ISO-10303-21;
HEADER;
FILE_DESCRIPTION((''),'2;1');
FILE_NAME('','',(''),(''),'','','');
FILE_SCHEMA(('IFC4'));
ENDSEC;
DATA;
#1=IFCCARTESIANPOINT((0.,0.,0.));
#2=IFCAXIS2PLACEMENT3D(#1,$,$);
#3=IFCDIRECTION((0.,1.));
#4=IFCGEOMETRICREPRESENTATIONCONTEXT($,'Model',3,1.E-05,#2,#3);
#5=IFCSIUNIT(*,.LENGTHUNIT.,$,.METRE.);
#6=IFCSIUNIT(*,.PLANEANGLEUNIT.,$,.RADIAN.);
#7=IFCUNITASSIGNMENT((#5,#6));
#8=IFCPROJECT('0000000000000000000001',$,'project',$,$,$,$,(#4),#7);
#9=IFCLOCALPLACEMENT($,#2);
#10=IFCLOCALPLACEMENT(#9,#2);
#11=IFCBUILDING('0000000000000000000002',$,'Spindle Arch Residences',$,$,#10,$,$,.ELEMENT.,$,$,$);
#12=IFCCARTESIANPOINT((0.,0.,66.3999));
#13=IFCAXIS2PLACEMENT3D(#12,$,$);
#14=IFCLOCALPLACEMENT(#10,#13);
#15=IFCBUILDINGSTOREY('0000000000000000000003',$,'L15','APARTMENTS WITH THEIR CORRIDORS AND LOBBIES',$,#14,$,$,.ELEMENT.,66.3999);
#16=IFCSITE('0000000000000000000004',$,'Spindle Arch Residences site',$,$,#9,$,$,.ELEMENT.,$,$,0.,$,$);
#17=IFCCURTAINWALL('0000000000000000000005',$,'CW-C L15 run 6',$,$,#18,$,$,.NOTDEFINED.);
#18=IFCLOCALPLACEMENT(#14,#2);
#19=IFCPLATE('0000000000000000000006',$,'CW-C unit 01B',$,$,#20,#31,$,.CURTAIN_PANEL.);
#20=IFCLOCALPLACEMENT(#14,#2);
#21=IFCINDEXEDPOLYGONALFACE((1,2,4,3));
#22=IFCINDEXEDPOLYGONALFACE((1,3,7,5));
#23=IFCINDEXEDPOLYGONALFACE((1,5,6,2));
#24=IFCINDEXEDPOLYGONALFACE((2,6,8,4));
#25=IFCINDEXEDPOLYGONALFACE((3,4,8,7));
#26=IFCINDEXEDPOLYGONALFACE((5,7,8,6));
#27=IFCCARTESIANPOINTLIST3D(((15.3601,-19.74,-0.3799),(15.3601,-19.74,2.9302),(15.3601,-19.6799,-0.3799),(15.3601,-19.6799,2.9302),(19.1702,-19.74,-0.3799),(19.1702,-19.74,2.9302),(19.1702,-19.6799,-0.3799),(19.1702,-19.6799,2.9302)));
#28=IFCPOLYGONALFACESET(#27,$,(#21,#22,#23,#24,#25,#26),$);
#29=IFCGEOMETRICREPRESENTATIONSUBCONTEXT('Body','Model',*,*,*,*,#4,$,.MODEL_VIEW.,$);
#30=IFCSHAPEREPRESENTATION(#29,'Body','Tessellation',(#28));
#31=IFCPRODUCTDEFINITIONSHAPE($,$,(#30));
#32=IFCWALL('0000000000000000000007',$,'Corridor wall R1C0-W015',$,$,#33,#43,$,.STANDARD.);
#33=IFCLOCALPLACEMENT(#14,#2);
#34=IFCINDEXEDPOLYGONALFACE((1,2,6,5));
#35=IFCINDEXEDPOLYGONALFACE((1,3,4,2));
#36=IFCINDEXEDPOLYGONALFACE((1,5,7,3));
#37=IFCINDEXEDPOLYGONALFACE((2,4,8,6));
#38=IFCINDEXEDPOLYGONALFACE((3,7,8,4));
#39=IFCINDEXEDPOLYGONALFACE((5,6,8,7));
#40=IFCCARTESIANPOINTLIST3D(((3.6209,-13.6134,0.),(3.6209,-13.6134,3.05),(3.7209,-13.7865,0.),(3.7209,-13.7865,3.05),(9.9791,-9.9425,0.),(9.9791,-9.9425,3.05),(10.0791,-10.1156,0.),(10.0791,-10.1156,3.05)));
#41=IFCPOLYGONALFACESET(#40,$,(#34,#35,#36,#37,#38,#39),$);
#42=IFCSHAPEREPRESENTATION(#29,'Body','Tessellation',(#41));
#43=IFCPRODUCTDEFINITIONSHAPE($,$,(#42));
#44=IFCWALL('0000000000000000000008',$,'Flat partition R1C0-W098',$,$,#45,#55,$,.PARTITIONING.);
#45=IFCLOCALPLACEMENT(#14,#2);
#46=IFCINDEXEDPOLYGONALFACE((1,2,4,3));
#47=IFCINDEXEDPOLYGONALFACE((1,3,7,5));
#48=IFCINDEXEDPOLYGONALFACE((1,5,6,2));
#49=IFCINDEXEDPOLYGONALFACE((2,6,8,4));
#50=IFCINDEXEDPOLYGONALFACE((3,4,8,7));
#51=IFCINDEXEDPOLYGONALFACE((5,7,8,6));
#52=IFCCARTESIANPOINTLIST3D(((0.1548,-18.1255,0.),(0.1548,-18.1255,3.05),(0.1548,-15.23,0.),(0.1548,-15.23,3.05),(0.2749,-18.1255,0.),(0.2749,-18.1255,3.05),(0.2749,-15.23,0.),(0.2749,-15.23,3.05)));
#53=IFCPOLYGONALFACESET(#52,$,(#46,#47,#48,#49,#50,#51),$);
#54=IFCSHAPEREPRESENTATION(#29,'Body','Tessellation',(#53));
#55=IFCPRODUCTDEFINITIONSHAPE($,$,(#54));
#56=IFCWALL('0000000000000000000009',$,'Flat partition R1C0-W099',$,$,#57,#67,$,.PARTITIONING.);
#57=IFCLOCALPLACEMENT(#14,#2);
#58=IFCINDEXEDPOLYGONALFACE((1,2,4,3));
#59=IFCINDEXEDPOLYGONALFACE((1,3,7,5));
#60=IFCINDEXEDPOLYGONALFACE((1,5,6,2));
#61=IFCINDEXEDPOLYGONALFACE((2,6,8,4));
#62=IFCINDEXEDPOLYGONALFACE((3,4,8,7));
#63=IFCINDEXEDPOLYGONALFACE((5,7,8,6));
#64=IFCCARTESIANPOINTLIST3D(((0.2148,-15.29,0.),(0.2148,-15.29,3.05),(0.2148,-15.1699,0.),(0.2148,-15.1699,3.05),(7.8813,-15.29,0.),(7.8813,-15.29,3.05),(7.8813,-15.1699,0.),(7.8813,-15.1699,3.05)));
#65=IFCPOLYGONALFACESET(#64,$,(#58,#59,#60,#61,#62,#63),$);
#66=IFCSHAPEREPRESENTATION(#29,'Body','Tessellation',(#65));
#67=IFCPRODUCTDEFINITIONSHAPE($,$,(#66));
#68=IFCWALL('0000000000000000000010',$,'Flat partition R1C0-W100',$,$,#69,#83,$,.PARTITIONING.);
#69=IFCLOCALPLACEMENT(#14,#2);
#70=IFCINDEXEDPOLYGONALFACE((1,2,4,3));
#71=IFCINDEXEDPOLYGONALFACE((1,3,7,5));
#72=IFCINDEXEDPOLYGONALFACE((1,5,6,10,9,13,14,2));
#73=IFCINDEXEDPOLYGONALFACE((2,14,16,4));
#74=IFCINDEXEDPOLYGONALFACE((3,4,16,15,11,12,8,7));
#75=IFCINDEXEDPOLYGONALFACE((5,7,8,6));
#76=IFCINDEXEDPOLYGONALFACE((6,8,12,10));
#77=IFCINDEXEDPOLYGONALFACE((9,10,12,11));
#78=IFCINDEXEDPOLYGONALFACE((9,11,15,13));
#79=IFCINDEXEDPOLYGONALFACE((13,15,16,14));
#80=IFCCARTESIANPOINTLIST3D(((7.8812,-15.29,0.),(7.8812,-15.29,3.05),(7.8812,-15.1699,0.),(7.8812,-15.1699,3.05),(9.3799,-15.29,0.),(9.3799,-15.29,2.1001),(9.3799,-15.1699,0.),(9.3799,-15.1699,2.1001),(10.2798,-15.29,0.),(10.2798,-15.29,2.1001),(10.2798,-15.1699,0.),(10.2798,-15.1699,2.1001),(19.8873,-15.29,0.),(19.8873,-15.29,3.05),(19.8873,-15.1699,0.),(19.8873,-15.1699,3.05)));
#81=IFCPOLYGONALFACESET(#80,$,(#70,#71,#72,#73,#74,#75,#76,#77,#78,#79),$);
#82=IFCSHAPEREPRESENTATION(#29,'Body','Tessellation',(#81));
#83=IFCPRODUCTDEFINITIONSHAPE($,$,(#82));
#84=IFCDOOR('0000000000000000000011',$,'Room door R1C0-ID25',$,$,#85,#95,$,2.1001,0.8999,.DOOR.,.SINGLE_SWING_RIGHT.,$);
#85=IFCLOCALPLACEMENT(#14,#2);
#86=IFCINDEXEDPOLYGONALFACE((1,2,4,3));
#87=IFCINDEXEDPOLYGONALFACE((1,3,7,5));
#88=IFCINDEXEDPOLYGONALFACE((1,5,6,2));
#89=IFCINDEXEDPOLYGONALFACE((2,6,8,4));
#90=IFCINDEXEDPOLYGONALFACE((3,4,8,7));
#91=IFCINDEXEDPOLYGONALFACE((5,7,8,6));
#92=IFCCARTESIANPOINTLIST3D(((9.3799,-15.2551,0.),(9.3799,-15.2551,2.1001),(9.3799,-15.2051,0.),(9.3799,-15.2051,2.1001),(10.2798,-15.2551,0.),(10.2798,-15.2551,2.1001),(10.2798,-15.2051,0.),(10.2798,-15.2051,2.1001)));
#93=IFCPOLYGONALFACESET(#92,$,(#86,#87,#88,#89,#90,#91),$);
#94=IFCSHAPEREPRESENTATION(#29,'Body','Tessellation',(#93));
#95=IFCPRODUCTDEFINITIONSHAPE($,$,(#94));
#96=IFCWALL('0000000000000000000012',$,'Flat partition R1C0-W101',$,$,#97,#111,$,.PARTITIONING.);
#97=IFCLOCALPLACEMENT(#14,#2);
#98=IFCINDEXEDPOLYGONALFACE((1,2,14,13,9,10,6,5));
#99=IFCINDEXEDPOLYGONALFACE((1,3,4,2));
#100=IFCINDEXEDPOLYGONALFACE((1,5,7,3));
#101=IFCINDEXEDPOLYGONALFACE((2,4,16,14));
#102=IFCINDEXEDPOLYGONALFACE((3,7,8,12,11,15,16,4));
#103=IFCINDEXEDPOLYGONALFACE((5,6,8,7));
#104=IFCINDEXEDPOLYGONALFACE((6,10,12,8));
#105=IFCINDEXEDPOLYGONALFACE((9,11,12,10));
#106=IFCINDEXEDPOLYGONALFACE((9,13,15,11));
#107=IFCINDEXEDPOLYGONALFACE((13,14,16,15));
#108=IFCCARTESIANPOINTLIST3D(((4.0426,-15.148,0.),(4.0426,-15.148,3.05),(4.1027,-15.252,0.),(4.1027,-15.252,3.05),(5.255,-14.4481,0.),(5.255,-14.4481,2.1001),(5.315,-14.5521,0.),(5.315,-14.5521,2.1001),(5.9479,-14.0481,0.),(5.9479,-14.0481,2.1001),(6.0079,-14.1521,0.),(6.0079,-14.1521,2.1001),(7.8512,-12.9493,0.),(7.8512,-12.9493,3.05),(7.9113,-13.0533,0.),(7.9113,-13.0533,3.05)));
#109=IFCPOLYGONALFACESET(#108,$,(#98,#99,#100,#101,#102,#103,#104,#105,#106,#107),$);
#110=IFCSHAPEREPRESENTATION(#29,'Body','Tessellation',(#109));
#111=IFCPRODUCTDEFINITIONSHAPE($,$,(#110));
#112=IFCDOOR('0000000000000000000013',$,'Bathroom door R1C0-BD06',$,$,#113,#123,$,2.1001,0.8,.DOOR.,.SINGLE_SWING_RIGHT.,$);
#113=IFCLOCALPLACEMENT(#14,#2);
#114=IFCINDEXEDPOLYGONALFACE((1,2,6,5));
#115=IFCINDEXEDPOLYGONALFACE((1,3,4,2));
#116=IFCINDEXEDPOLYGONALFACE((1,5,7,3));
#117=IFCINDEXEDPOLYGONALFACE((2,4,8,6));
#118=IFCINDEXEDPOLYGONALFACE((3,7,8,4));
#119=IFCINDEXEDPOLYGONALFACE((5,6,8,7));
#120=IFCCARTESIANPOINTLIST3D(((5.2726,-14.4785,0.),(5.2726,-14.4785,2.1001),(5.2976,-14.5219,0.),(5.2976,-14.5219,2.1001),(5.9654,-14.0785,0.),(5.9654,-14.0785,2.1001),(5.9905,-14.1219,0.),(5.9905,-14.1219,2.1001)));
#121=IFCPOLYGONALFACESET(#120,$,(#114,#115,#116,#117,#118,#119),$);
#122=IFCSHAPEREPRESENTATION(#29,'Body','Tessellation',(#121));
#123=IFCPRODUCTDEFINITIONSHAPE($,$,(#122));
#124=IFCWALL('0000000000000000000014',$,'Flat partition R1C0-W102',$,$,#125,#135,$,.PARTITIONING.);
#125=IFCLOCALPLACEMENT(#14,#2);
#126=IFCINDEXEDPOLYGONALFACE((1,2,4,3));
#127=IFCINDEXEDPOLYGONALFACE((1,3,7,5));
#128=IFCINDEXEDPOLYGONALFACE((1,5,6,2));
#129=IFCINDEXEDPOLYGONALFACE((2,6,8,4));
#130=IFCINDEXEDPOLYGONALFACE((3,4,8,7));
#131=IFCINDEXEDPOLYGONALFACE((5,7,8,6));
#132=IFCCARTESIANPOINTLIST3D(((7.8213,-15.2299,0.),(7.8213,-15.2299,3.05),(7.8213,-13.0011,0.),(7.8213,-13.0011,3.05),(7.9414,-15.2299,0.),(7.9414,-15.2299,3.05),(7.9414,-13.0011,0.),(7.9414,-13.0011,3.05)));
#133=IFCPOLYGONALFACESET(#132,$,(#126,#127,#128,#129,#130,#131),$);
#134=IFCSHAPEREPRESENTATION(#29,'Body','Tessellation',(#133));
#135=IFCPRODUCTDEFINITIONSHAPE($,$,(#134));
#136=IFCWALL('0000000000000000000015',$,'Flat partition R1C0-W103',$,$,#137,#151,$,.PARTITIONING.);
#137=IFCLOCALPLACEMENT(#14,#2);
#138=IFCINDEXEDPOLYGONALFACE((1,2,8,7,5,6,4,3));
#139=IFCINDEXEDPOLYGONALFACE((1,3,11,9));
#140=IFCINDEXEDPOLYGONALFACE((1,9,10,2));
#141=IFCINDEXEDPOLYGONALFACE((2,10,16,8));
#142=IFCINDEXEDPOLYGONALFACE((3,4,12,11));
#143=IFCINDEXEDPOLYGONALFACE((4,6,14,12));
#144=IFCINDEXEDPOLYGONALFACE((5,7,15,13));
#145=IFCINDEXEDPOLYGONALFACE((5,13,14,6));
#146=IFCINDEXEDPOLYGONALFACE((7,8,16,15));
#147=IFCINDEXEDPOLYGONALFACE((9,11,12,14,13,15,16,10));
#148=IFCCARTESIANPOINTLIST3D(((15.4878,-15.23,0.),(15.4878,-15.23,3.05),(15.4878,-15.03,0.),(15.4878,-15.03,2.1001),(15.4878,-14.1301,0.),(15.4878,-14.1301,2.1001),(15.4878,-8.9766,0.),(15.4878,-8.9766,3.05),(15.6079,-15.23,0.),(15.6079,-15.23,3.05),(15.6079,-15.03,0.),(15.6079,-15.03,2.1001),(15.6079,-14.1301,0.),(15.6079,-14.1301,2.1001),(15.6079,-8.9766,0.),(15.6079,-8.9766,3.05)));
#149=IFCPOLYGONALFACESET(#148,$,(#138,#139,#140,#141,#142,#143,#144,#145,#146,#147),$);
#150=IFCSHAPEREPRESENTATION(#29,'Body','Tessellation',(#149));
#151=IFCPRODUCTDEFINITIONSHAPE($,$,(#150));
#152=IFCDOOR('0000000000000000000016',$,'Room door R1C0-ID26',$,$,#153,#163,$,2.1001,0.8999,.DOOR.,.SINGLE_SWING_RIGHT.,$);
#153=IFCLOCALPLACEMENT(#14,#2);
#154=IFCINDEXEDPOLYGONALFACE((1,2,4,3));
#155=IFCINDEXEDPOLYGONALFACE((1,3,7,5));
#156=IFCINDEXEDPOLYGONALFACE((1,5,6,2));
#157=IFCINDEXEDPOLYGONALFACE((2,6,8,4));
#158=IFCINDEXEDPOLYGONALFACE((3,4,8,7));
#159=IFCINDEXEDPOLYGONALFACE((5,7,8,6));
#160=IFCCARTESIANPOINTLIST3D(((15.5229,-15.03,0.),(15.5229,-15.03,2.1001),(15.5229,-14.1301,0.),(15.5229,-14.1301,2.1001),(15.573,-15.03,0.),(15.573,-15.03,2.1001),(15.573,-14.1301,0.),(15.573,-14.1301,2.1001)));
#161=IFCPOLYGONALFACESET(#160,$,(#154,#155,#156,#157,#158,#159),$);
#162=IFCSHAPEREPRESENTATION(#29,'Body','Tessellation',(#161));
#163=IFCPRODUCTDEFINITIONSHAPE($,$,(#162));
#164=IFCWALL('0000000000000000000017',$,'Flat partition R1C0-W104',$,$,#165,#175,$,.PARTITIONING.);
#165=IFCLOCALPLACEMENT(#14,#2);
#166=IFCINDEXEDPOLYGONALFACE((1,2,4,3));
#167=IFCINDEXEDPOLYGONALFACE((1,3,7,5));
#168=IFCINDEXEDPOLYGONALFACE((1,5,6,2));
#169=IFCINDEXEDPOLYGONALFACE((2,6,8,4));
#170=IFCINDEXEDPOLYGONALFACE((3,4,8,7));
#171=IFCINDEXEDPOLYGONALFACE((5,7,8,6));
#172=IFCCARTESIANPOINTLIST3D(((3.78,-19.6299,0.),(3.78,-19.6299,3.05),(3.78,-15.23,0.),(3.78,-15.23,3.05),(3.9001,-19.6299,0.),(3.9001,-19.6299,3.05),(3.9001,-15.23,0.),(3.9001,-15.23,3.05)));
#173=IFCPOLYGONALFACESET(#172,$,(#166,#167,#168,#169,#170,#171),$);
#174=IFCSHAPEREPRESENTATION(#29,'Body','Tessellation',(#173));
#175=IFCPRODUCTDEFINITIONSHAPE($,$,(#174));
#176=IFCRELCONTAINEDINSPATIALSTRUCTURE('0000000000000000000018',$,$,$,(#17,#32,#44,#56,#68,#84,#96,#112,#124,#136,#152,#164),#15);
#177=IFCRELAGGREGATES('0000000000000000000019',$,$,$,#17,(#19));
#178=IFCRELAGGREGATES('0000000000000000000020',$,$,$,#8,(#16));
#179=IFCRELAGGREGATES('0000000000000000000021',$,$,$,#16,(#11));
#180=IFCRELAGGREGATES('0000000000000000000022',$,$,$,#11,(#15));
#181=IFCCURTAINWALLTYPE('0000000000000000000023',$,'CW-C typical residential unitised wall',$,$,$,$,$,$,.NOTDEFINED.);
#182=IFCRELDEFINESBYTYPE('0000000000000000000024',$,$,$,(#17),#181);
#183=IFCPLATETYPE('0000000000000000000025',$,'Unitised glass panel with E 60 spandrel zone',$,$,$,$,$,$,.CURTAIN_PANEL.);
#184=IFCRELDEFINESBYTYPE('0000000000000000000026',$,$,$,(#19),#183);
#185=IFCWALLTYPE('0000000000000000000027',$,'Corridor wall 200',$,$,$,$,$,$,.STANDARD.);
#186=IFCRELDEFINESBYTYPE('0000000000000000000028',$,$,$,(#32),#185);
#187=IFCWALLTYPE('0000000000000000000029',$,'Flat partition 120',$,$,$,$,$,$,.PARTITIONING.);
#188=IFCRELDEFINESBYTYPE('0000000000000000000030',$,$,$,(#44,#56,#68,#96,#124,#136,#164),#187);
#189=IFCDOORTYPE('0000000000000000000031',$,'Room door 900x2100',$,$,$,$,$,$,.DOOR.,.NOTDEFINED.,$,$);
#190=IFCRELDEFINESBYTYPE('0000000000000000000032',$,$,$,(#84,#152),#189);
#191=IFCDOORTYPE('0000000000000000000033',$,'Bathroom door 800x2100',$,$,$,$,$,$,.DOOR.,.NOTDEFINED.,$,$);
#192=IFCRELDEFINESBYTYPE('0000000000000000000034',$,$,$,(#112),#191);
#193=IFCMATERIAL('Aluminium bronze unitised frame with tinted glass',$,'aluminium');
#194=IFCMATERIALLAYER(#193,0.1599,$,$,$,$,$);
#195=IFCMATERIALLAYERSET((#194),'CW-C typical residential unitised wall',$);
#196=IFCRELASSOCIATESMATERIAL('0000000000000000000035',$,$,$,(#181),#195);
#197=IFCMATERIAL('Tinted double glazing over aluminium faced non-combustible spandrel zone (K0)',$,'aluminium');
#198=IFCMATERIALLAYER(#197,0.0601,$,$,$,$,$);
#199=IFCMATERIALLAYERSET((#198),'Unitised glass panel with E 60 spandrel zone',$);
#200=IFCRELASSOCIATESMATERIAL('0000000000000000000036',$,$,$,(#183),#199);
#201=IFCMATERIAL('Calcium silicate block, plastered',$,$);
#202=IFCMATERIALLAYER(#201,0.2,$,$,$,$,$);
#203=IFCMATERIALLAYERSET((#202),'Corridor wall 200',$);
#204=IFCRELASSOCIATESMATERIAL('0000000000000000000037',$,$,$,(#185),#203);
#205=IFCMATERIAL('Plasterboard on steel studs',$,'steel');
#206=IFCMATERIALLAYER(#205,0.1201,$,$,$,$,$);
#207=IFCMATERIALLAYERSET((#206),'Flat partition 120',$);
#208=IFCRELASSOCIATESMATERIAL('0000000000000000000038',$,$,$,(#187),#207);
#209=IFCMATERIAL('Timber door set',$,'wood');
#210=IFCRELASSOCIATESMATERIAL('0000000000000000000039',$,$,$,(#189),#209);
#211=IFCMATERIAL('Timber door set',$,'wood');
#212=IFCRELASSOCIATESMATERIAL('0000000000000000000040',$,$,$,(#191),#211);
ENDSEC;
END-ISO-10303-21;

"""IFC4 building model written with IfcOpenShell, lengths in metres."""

from ifc_helpers import new_model, si_unit, direction, frame, frame_2d, origin, origin_2d, place, context, subcontext, project, spatial, rectangle, extrude, material, layer, layer_set, type_object, element, fill, aggregate, save


model = new_model("IFC4")

# Units and contexts
model_context = context("Model", 3, precision=1e-05, world=origin(), true_north=direction((0.0, 1.0)))
body_context = subcontext(model_context, "Body", "Model", "MODEL_VIEW")
ifc_project = project(units=[si_unit("LENGTHUNIT", "METRE"), si_unit("PLANEANGLEUNIT", "RADIAN")], contexts=[model_context])

# Site, building, storey
site_placement = place(None, origin())
site = spatial("IfcSite", under=ifc_project, at=site_placement, Name="Spindle Arch Residences site", CompositionType="ELEMENT", RefElevation=0.0)
building_placement = place(site_placement, origin())
building = spatial("IfcBuilding", under=site, at=building_placement, Name="Spindle Arch Residences", CompositionType="ELEMENT")
storey_placement = place(building_placement, frame((0.0, 0.0, 66.3999)))
storey = spatial("IfcBuildingStorey", under=building, at=storey_placement, Name="L15", Description="APARTMENTS WITH THEIR CORRIDORS AND LOBBIES", CompositionType="ELEMENT", Elevation=66.3999)

# Curtain wall
ifc_material_1 = material(Name="Aluminium bronze unitised frame with tinted glass", Category="aluminium")
ifc_layer_1 = layer(ifc_material_1, 0.1599)
ifc_layer_set_1 = layer_set([ifc_layer_1], Name="CW-C typical residential unitised wall")
curtain_wall_type = type_object("IfcCurtainWallType", Name="CW-C typical residential unitised wall", PredefinedType="NOTDEFINED", material=ifc_layer_set_1)
curtain_wall_placement = place(storey_placement, origin())
curtain_wall = element("IfcCurtainWall", 1, at=curtain_wall_placement, inside=storey, type_object=curtain_wall_type, Name="CW-C L15 run 6", PredefinedType="NOTDEFINED")

# Plate
ifc_material_2 = material(Name="Tinted double glazing over aluminium faced non-combustible spandrel zone (K0)", Category="aluminium")
ifc_layer_2 = layer(ifc_material_2, 0.0601)
ifc_layer_set_2 = layer_set([ifc_layer_2], Name="Unitised glass panel with E 60 spandrel zone")
plate_type = type_object("IfcPlateType", Name="Unitised glass panel with E 60 spandrel zone", PredefinedType="CURTAIN_PANEL", material=ifc_layer_set_2)
plate_1_placement = place(storey_placement, frame((17.2651, -19.71, -0.3799), z_axis=(0.0, 0.0, 1.0), x_axis=(1.0, 0.0, 0.0)))
plate_1 = element("IfcPlate", 2, at=plate_1_placement, type_object=plate_type, Name="CW-C unit 01B", PredefinedType="CURTAIN_PANEL", context=body_context, shape_type="SweptSolid", body=[
    extrude(rectangle(XDim=3.8101, YDim=0.0601, at=origin_2d()), origin(), (0.0, 0.0, 1.0), 3.3101),
])
aggregate(curtain_wall, [plate_1])

# Walls
ifc_material_3 = material(Name="Calcium silicate block, plastered")
ifc_layer_3 = layer(ifc_material_3, 0.2)
ifc_layer_set_3 = layer_set([ifc_layer_3], Name="Corridor wall 200")
wall_type_1 = type_object("IfcWallType", Name="Corridor wall 200", PredefinedType="STANDARD", material=ifc_layer_set_3)
wall_1_placement = place(storey_placement, frame((3.6709, -13.7, 0.0), z_axis=(0.0, 0.0, 1.0), x_axis=(0.866024, 0.500002, 0.0)))
element("IfcWall", 3, at=wall_1_placement, inside=storey, type_object=wall_type_1, Name="Corridor wall R1C0-W015", PredefinedType="STANDARD", context=body_context, shape_type="SweptSolid", body=[
    extrude(rectangle(XDim=7.3418, YDim=0.2, at=frame_2d((3.6709, 0.0))), origin(), (0.0, 0.0, 1.0), 3.05),
])
ifc_material_4 = material(Name="Plasterboard on steel studs", Category="steel")
ifc_layer_4 = layer(ifc_material_4, 0.1201)
ifc_layer_set_4 = layer_set([ifc_layer_4], Name="Flat partition 120")
wall_type_2 = type_object("IfcWallType", Name="Flat partition 120", PredefinedType="PARTITIONING", material=ifc_layer_set_4)
wall_2_placement = place(storey_placement, frame((0.2148, -18.1255, 0.0), z_axis=(0.0, 0.0, 1.0), x_axis=(0.0, 1.0, 0.0)))
element("IfcWall", 4, at=wall_2_placement, inside=storey, type_object=wall_type_2, Name="Flat partition R1C0-W098", PredefinedType="PARTITIONING", context=body_context, shape_type="SweptSolid", body=[
    extrude(rectangle(XDim=2.8955, YDim=0.1201, at=frame_2d((1.4478, 0.0))), origin(), (0.0, 0.0, 1.0), 3.05),
])
wall_3_placement = place(storey_placement, frame((0.2148, -15.23, 0.0), z_axis=(0.0, 0.0, 1.0), x_axis=(1.0, 0.0, 0.0)))
element("IfcWall", 5, at=wall_3_placement, inside=storey, type_object=wall_type_2, Name="Flat partition R1C0-W099", PredefinedType="PARTITIONING", context=body_context, shape_type="SweptSolid", body=[
    extrude(rectangle(XDim=7.6665, YDim=0.1201, at=frame_2d((3.8333, 0.0))), origin(), (0.0, 0.0, 1.0), 3.05),
])

# Walls, openings, doors
wall_4_placement = place(storey_placement, frame((7.8813, -15.23, 0.0), z_axis=(0.0, 0.0, 1.0), x_axis=(1.0, 0.0, 0.0)))
wall_4 = element("IfcWall", 6, at=wall_4_placement, inside=storey, type_object=wall_type_2, Name="Flat partition R1C0-W100", PredefinedType="PARTITIONING", context=body_context, shape_type="SweptSolid", body=[
    extrude(rectangle(XDim=12.0061, YDim=0.1201, at=frame_2d((6.0029, 0.0))), origin(), (0.0, 0.0, 1.0), 3.05),
])
opening_1_placement = place(wall_4_placement, frame((1.4985, 0.0, 0.0)))
opening_1 = element("IfcOpeningElement", 7, at=opening_1_placement, cuts=wall_4, PredefinedType="OPENING", context=body_context, shape_type="SweptSolid", body=[
    extrude(rectangle(XDim=0.8999, YDim=2.1001, at=frame_2d((0.45, 1.05))), frame((0.0, 0.0701, 0.0), z_axis=(0.0, -1.0, 0.0), x_axis=(1.0, 0.0, 0.0)), (0.0, 0.0, 1.0), 0.1401),
])
ifc_material_5 = material(Name="Timber door set", Category="wood")
door_type_1 = type_object("IfcDoorType", Name="Room door 900x2100", OperationType="NOTDEFINED", PredefinedType="DOOR", material=ifc_material_5)
door_1_placement = place(opening_1_placement, origin())
door_1 = element("IfcDoor", 8, at=door_1_placement, inside=storey, type_object=door_type_1, Name="Room door R1C0-ID25", OperationType="SINGLE_SWING_RIGHT", OverallHeight=2.1001, OverallWidth=0.8999, PredefinedType="DOOR", context=body_context, shape_type="SweptSolid", body=[
    extrude(rectangle(XDim=0.8999, YDim=2.1001, at=frame_2d((0.45, 1.05))), frame((0.0, 0.0249, 0.0), z_axis=(0.0, -1.0, 0.0), x_axis=(1.0, 0.0, 0.0)), (0.0, 0.0, 1.0), 0.05),
])
fill(opening_1, door_1)
wall_5_placement = place(storey_placement, frame((4.0728, -15.2, 0.0), z_axis=(0.0, 0.0, 1.0), x_axis=(0.866041, 0.499972, 0.0)))
wall_5 = element("IfcWall", 9, at=wall_5_placement, inside=storey, type_object=wall_type_2, Name="Flat partition R1C0-W101", PredefinedType="PARTITIONING", context=body_context, shape_type="SweptSolid", body=[
    extrude(rectangle(XDim=4.3977, YDim=0.1201, at=frame_2d((2.1987, 0.0))), origin(), (0.0, 0.0, 1.0), 3.05),
])
opening_2_placement = place(wall_5_placement, frame((1.3999, 0.0, 0.0)))
opening_2 = element("IfcOpeningElement", 10, at=opening_2_placement, cuts=wall_5, PredefinedType="OPENING", context=body_context, shape_type="SweptSolid", body=[
    extrude(rectangle(XDim=0.8, YDim=2.1001, at=frame_2d((0.3999, 1.05))), frame((0.0, 0.0701, 0.0), z_axis=(0.0, -1.0, 0.0), x_axis=(1.0, 0.0, 0.0)), (0.0, 0.0, 1.0), 0.1401),
])
ifc_material_6 = material(Name="Timber door set", Category="wood")
door_type_2 = type_object("IfcDoorType", Name="Bathroom door 800x2100", OperationType="NOTDEFINED", PredefinedType="DOOR", material=ifc_material_6)
door_2_placement = place(opening_2_placement, origin())
door_2 = element("IfcDoor", 11, at=door_2_placement, inside=storey, type_object=door_type_2, Name="Bathroom door R1C0-BD06", OperationType="SINGLE_SWING_RIGHT", OverallHeight=2.1001, OverallWidth=0.8, PredefinedType="DOOR", context=body_context, shape_type="SweptSolid", body=[
    extrude(rectangle(XDim=0.8, YDim=2.1001, at=frame_2d((0.3999, 1.05))), frame((0.0, 0.0249, 0.0), z_axis=(0.0, -1.0, 0.0), x_axis=(1.0, 0.0, 0.0)), (0.0, 0.0, 1.0), 0.05),
])
fill(opening_2, door_2)

# Wall
wall_6_placement = place(storey_placement, frame((7.8813, -13.0012, 0.0), z_axis=(0.0, 0.0, 1.0), x_axis=(0.0, -1.0, 0.0)))
element("IfcWall", 12, at=wall_6_placement, inside=storey, type_object=wall_type_2, Name="Flat partition R1C0-W102", PredefinedType="PARTITIONING", context=body_context, shape_type="SweptSolid", body=[
    extrude(rectangle(XDim=2.2288, YDim=0.1201, at=frame_2d((1.1143, 0.0))), origin(), (0.0, 0.0, 1.0), 3.05),
])

# Wall, opening, door
wall_7_placement = place(storey_placement, frame((15.5479, -15.23, 0.0), z_axis=(0.0, 0.0, 1.0), x_axis=(0.0, 1.0, 0.0)))
wall_7 = element("IfcWall", 13, at=wall_7_placement, inside=storey, type_object=wall_type_2, Name="Flat partition R1C0-W103", PredefinedType="PARTITIONING", context=body_context, shape_type="SweptSolid", body=[
    extrude(rectangle(XDim=6.2534, YDim=0.1201, at=frame_2d((3.1267, 0.0))), origin(), (0.0, 0.0, 1.0), 3.05),
])
opening_3_placement = place(wall_7_placement, frame((0.2, 0.0, 0.0)))
opening_3 = element("IfcOpeningElement", 14, at=opening_3_placement, cuts=wall_7, PredefinedType="OPENING", context=body_context, shape_type="SweptSolid", body=[
    extrude(rectangle(XDim=0.8999, YDim=2.1001, at=frame_2d((0.45, 1.05))), frame((0.0, 0.0701, 0.0), z_axis=(0.0, -1.0, 0.0), x_axis=(1.0, 0.0, 0.0)), (0.0, 0.0, 1.0), 0.1401),
])
door_3_placement = place(opening_3_placement, origin())
door_3 = element("IfcDoor", 15, at=door_3_placement, inside=storey, type_object=door_type_1, Name="Room door R1C0-ID26", OperationType="SINGLE_SWING_RIGHT", OverallHeight=2.1001, OverallWidth=0.8999, PredefinedType="DOOR", context=body_context, shape_type="SweptSolid", body=[
    extrude(rectangle(XDim=0.8999, YDim=2.1001, at=frame_2d((0.45, 1.05))), frame((0.0, 0.0249, 0.0), z_axis=(0.0, -1.0, 0.0), x_axis=(1.0, 0.0, 0.0)), (0.0, 0.0, 1.0), 0.05),
])
fill(opening_3, door_3)

# Wall
wall_8_placement = place(storey_placement, frame((3.8401, -19.6299, 0.0), z_axis=(0.0, 0.0, 1.0), x_axis=(0.0, 1.0, 0.0)))
element("IfcWall", 16, at=wall_8_placement, inside=storey, type_object=wall_type_2, Name="Flat partition R1C0-W104", PredefinedType="PARTITIONING", context=body_context, shape_type="SweptSolid", body=[
    extrude(rectangle(XDim=4.3999, YDim=0.1201, at=frame_2d((2.2, 0.0))), origin(), (0.0, 0.0, 1.0), 3.05),
])

save(model, "model.ifc")
